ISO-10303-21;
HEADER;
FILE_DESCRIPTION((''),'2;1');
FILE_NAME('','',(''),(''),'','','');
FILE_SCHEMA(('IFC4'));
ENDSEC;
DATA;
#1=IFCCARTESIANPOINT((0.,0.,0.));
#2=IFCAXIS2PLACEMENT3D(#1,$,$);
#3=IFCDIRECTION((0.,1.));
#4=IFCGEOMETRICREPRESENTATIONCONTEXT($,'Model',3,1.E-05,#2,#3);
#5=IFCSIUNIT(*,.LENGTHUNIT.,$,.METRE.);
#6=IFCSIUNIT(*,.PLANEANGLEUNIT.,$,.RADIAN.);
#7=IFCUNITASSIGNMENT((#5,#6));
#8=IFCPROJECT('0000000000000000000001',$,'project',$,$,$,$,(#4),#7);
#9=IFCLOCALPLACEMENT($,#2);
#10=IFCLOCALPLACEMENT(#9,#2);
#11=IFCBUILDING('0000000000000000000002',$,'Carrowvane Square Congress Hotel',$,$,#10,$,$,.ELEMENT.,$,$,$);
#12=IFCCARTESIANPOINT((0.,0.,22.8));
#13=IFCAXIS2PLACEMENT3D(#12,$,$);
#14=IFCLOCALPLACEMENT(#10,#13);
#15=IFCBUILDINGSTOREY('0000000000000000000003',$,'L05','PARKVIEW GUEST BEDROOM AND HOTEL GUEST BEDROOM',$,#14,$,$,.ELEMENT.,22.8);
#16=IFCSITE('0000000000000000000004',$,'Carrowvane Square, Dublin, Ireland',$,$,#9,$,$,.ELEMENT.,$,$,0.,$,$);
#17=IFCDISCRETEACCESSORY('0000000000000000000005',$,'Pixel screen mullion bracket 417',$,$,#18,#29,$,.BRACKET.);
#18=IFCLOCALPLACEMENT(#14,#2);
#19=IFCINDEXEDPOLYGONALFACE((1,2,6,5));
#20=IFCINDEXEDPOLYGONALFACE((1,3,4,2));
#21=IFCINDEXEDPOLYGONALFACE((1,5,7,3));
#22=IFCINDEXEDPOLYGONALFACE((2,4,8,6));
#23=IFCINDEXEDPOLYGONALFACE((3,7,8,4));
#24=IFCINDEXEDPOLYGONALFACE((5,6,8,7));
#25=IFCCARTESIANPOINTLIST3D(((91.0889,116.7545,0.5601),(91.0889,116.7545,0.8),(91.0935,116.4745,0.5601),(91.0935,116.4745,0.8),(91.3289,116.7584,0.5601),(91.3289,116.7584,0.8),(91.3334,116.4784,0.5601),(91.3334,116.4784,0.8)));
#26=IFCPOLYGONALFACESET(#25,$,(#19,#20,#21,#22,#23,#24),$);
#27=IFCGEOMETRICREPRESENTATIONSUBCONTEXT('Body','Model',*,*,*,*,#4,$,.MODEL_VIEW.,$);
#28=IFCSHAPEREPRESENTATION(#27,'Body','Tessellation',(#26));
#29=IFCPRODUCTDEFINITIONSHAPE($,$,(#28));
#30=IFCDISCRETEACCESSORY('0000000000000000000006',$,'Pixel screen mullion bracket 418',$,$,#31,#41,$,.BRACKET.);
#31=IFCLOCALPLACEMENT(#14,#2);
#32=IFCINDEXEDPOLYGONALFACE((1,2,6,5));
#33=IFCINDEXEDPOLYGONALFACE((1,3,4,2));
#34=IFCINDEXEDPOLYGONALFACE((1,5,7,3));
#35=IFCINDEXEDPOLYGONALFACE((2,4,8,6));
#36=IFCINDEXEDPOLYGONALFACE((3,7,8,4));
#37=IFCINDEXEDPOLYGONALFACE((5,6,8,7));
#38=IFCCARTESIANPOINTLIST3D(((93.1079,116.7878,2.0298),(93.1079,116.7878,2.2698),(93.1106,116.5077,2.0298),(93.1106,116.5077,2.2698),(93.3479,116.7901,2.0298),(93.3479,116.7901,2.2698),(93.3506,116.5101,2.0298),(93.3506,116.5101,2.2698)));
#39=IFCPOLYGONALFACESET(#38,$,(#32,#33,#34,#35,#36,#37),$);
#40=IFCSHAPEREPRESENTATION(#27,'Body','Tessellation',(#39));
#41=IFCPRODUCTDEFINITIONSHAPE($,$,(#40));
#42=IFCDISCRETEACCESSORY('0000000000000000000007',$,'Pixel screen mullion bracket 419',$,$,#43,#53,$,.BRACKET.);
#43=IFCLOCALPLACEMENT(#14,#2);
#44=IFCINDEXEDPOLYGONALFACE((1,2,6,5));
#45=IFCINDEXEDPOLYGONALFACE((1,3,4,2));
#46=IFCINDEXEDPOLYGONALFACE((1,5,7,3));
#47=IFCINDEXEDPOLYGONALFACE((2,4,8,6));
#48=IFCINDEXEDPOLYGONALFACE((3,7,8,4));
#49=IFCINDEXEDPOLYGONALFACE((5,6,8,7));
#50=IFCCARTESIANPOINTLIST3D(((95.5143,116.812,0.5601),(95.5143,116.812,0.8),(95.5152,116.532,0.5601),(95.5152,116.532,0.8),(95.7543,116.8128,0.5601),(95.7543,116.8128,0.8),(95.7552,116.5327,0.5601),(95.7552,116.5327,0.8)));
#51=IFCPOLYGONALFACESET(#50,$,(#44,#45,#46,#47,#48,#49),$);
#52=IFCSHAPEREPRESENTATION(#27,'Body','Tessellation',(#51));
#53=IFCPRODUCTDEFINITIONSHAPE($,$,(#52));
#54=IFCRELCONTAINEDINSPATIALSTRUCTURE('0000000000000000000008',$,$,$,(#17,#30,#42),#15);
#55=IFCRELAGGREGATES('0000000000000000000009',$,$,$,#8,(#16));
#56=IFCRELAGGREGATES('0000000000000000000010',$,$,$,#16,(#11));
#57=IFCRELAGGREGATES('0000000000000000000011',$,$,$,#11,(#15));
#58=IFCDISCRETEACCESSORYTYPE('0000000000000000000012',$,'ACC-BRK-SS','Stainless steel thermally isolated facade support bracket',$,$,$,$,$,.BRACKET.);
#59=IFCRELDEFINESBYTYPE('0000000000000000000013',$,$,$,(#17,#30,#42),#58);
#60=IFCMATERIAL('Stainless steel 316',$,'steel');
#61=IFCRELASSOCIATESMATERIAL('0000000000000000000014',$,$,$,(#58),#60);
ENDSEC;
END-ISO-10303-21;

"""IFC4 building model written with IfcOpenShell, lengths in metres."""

from ifc_helpers import new_model, si_unit, direction, frame, origin, origin_2d, place, context, subcontext, project, spatial, rectangle, extrude, material, type_object, element, save


model = new_model("IFC4")

# Units and contexts
model_context = context("Model", 3, precision=1e-05, world=origin(), true_north=direction((0.0, 1.0)))
body_context = subcontext(model_context, "Body", "Model", "MODEL_VIEW")
ifc_project = project(units=[si_unit("LENGTHUNIT", "METRE"), si_unit("PLANEANGLEUNIT", "RADIAN")], contexts=[model_context])

# Site, building, storey
site_placement = place(None, origin())
site = spatial("IfcSite", under=ifc_project, at=site_placement, Name="Carrowvane Square, Dublin, Ireland", CompositionType="ELEMENT", RefElevation=0.0)
building_placement = place(site_placement, origin())
building = spatial("IfcBuilding", under=site, at=building_placement, Name="Carrowvane Square Congress Hotel", CompositionType="ELEMENT")
storey_placement = place(building_placement, frame((0.0, 0.0, 22.8)))
storey = spatial("IfcBuildingStorey", under=building, at=storey_placement, Name="L05", Description="PARKVIEW GUEST BEDROOM AND HOTEL GUEST BEDROOM", CompositionType="ELEMENT", Elevation=22.8)

# Discrete accessories
ifc_material_1 = material(Name="Stainless steel 316", Category="steel")
discrete_accessory_type = type_object("IfcDiscreteAccessoryType", Name="ACC-BRK-SS", Description="Stainless steel thermally isolated facade support bracket", PredefinedType="BRACKET", material=ifc_material_1)
for number, where, z_axis, x_axis, name in (
    (1, (91.2112, 116.6165, 0.5601), (0.0, 0.0, 1.0), (0.999869, 0.016216, 0.0), "Pixel screen mullion bracket 417"),
    (2, (93.2292, 116.6489, 2.0298), (0.0, 0.0, 1.0), (0.999952, 0.009782, 0.0), "Pixel screen mullion bracket 418"),
    (3, (95.6348, 116.6724, 0.5601), (0.0, 0.0, 1.0), (0.999995, 0.00327, 0.0), "Pixel screen mullion bracket 419"),
):
    element("IfcDiscreteAccessory", number, at=place(storey_placement, frame(where, z_axis=z_axis, x_axis=x_axis)), inside=storey, type_object=discrete_accessory_type, Name=name, PredefinedType="BRACKET", context=body_context, shape_type="SweptSolid", body=[
        extrude(rectangle(XDim=0.24, YDim=0.28, at=origin_2d()), origin(), (0.0, 0.0, 1.0), 0.24),
    ])

save(model, "model.ifc")
